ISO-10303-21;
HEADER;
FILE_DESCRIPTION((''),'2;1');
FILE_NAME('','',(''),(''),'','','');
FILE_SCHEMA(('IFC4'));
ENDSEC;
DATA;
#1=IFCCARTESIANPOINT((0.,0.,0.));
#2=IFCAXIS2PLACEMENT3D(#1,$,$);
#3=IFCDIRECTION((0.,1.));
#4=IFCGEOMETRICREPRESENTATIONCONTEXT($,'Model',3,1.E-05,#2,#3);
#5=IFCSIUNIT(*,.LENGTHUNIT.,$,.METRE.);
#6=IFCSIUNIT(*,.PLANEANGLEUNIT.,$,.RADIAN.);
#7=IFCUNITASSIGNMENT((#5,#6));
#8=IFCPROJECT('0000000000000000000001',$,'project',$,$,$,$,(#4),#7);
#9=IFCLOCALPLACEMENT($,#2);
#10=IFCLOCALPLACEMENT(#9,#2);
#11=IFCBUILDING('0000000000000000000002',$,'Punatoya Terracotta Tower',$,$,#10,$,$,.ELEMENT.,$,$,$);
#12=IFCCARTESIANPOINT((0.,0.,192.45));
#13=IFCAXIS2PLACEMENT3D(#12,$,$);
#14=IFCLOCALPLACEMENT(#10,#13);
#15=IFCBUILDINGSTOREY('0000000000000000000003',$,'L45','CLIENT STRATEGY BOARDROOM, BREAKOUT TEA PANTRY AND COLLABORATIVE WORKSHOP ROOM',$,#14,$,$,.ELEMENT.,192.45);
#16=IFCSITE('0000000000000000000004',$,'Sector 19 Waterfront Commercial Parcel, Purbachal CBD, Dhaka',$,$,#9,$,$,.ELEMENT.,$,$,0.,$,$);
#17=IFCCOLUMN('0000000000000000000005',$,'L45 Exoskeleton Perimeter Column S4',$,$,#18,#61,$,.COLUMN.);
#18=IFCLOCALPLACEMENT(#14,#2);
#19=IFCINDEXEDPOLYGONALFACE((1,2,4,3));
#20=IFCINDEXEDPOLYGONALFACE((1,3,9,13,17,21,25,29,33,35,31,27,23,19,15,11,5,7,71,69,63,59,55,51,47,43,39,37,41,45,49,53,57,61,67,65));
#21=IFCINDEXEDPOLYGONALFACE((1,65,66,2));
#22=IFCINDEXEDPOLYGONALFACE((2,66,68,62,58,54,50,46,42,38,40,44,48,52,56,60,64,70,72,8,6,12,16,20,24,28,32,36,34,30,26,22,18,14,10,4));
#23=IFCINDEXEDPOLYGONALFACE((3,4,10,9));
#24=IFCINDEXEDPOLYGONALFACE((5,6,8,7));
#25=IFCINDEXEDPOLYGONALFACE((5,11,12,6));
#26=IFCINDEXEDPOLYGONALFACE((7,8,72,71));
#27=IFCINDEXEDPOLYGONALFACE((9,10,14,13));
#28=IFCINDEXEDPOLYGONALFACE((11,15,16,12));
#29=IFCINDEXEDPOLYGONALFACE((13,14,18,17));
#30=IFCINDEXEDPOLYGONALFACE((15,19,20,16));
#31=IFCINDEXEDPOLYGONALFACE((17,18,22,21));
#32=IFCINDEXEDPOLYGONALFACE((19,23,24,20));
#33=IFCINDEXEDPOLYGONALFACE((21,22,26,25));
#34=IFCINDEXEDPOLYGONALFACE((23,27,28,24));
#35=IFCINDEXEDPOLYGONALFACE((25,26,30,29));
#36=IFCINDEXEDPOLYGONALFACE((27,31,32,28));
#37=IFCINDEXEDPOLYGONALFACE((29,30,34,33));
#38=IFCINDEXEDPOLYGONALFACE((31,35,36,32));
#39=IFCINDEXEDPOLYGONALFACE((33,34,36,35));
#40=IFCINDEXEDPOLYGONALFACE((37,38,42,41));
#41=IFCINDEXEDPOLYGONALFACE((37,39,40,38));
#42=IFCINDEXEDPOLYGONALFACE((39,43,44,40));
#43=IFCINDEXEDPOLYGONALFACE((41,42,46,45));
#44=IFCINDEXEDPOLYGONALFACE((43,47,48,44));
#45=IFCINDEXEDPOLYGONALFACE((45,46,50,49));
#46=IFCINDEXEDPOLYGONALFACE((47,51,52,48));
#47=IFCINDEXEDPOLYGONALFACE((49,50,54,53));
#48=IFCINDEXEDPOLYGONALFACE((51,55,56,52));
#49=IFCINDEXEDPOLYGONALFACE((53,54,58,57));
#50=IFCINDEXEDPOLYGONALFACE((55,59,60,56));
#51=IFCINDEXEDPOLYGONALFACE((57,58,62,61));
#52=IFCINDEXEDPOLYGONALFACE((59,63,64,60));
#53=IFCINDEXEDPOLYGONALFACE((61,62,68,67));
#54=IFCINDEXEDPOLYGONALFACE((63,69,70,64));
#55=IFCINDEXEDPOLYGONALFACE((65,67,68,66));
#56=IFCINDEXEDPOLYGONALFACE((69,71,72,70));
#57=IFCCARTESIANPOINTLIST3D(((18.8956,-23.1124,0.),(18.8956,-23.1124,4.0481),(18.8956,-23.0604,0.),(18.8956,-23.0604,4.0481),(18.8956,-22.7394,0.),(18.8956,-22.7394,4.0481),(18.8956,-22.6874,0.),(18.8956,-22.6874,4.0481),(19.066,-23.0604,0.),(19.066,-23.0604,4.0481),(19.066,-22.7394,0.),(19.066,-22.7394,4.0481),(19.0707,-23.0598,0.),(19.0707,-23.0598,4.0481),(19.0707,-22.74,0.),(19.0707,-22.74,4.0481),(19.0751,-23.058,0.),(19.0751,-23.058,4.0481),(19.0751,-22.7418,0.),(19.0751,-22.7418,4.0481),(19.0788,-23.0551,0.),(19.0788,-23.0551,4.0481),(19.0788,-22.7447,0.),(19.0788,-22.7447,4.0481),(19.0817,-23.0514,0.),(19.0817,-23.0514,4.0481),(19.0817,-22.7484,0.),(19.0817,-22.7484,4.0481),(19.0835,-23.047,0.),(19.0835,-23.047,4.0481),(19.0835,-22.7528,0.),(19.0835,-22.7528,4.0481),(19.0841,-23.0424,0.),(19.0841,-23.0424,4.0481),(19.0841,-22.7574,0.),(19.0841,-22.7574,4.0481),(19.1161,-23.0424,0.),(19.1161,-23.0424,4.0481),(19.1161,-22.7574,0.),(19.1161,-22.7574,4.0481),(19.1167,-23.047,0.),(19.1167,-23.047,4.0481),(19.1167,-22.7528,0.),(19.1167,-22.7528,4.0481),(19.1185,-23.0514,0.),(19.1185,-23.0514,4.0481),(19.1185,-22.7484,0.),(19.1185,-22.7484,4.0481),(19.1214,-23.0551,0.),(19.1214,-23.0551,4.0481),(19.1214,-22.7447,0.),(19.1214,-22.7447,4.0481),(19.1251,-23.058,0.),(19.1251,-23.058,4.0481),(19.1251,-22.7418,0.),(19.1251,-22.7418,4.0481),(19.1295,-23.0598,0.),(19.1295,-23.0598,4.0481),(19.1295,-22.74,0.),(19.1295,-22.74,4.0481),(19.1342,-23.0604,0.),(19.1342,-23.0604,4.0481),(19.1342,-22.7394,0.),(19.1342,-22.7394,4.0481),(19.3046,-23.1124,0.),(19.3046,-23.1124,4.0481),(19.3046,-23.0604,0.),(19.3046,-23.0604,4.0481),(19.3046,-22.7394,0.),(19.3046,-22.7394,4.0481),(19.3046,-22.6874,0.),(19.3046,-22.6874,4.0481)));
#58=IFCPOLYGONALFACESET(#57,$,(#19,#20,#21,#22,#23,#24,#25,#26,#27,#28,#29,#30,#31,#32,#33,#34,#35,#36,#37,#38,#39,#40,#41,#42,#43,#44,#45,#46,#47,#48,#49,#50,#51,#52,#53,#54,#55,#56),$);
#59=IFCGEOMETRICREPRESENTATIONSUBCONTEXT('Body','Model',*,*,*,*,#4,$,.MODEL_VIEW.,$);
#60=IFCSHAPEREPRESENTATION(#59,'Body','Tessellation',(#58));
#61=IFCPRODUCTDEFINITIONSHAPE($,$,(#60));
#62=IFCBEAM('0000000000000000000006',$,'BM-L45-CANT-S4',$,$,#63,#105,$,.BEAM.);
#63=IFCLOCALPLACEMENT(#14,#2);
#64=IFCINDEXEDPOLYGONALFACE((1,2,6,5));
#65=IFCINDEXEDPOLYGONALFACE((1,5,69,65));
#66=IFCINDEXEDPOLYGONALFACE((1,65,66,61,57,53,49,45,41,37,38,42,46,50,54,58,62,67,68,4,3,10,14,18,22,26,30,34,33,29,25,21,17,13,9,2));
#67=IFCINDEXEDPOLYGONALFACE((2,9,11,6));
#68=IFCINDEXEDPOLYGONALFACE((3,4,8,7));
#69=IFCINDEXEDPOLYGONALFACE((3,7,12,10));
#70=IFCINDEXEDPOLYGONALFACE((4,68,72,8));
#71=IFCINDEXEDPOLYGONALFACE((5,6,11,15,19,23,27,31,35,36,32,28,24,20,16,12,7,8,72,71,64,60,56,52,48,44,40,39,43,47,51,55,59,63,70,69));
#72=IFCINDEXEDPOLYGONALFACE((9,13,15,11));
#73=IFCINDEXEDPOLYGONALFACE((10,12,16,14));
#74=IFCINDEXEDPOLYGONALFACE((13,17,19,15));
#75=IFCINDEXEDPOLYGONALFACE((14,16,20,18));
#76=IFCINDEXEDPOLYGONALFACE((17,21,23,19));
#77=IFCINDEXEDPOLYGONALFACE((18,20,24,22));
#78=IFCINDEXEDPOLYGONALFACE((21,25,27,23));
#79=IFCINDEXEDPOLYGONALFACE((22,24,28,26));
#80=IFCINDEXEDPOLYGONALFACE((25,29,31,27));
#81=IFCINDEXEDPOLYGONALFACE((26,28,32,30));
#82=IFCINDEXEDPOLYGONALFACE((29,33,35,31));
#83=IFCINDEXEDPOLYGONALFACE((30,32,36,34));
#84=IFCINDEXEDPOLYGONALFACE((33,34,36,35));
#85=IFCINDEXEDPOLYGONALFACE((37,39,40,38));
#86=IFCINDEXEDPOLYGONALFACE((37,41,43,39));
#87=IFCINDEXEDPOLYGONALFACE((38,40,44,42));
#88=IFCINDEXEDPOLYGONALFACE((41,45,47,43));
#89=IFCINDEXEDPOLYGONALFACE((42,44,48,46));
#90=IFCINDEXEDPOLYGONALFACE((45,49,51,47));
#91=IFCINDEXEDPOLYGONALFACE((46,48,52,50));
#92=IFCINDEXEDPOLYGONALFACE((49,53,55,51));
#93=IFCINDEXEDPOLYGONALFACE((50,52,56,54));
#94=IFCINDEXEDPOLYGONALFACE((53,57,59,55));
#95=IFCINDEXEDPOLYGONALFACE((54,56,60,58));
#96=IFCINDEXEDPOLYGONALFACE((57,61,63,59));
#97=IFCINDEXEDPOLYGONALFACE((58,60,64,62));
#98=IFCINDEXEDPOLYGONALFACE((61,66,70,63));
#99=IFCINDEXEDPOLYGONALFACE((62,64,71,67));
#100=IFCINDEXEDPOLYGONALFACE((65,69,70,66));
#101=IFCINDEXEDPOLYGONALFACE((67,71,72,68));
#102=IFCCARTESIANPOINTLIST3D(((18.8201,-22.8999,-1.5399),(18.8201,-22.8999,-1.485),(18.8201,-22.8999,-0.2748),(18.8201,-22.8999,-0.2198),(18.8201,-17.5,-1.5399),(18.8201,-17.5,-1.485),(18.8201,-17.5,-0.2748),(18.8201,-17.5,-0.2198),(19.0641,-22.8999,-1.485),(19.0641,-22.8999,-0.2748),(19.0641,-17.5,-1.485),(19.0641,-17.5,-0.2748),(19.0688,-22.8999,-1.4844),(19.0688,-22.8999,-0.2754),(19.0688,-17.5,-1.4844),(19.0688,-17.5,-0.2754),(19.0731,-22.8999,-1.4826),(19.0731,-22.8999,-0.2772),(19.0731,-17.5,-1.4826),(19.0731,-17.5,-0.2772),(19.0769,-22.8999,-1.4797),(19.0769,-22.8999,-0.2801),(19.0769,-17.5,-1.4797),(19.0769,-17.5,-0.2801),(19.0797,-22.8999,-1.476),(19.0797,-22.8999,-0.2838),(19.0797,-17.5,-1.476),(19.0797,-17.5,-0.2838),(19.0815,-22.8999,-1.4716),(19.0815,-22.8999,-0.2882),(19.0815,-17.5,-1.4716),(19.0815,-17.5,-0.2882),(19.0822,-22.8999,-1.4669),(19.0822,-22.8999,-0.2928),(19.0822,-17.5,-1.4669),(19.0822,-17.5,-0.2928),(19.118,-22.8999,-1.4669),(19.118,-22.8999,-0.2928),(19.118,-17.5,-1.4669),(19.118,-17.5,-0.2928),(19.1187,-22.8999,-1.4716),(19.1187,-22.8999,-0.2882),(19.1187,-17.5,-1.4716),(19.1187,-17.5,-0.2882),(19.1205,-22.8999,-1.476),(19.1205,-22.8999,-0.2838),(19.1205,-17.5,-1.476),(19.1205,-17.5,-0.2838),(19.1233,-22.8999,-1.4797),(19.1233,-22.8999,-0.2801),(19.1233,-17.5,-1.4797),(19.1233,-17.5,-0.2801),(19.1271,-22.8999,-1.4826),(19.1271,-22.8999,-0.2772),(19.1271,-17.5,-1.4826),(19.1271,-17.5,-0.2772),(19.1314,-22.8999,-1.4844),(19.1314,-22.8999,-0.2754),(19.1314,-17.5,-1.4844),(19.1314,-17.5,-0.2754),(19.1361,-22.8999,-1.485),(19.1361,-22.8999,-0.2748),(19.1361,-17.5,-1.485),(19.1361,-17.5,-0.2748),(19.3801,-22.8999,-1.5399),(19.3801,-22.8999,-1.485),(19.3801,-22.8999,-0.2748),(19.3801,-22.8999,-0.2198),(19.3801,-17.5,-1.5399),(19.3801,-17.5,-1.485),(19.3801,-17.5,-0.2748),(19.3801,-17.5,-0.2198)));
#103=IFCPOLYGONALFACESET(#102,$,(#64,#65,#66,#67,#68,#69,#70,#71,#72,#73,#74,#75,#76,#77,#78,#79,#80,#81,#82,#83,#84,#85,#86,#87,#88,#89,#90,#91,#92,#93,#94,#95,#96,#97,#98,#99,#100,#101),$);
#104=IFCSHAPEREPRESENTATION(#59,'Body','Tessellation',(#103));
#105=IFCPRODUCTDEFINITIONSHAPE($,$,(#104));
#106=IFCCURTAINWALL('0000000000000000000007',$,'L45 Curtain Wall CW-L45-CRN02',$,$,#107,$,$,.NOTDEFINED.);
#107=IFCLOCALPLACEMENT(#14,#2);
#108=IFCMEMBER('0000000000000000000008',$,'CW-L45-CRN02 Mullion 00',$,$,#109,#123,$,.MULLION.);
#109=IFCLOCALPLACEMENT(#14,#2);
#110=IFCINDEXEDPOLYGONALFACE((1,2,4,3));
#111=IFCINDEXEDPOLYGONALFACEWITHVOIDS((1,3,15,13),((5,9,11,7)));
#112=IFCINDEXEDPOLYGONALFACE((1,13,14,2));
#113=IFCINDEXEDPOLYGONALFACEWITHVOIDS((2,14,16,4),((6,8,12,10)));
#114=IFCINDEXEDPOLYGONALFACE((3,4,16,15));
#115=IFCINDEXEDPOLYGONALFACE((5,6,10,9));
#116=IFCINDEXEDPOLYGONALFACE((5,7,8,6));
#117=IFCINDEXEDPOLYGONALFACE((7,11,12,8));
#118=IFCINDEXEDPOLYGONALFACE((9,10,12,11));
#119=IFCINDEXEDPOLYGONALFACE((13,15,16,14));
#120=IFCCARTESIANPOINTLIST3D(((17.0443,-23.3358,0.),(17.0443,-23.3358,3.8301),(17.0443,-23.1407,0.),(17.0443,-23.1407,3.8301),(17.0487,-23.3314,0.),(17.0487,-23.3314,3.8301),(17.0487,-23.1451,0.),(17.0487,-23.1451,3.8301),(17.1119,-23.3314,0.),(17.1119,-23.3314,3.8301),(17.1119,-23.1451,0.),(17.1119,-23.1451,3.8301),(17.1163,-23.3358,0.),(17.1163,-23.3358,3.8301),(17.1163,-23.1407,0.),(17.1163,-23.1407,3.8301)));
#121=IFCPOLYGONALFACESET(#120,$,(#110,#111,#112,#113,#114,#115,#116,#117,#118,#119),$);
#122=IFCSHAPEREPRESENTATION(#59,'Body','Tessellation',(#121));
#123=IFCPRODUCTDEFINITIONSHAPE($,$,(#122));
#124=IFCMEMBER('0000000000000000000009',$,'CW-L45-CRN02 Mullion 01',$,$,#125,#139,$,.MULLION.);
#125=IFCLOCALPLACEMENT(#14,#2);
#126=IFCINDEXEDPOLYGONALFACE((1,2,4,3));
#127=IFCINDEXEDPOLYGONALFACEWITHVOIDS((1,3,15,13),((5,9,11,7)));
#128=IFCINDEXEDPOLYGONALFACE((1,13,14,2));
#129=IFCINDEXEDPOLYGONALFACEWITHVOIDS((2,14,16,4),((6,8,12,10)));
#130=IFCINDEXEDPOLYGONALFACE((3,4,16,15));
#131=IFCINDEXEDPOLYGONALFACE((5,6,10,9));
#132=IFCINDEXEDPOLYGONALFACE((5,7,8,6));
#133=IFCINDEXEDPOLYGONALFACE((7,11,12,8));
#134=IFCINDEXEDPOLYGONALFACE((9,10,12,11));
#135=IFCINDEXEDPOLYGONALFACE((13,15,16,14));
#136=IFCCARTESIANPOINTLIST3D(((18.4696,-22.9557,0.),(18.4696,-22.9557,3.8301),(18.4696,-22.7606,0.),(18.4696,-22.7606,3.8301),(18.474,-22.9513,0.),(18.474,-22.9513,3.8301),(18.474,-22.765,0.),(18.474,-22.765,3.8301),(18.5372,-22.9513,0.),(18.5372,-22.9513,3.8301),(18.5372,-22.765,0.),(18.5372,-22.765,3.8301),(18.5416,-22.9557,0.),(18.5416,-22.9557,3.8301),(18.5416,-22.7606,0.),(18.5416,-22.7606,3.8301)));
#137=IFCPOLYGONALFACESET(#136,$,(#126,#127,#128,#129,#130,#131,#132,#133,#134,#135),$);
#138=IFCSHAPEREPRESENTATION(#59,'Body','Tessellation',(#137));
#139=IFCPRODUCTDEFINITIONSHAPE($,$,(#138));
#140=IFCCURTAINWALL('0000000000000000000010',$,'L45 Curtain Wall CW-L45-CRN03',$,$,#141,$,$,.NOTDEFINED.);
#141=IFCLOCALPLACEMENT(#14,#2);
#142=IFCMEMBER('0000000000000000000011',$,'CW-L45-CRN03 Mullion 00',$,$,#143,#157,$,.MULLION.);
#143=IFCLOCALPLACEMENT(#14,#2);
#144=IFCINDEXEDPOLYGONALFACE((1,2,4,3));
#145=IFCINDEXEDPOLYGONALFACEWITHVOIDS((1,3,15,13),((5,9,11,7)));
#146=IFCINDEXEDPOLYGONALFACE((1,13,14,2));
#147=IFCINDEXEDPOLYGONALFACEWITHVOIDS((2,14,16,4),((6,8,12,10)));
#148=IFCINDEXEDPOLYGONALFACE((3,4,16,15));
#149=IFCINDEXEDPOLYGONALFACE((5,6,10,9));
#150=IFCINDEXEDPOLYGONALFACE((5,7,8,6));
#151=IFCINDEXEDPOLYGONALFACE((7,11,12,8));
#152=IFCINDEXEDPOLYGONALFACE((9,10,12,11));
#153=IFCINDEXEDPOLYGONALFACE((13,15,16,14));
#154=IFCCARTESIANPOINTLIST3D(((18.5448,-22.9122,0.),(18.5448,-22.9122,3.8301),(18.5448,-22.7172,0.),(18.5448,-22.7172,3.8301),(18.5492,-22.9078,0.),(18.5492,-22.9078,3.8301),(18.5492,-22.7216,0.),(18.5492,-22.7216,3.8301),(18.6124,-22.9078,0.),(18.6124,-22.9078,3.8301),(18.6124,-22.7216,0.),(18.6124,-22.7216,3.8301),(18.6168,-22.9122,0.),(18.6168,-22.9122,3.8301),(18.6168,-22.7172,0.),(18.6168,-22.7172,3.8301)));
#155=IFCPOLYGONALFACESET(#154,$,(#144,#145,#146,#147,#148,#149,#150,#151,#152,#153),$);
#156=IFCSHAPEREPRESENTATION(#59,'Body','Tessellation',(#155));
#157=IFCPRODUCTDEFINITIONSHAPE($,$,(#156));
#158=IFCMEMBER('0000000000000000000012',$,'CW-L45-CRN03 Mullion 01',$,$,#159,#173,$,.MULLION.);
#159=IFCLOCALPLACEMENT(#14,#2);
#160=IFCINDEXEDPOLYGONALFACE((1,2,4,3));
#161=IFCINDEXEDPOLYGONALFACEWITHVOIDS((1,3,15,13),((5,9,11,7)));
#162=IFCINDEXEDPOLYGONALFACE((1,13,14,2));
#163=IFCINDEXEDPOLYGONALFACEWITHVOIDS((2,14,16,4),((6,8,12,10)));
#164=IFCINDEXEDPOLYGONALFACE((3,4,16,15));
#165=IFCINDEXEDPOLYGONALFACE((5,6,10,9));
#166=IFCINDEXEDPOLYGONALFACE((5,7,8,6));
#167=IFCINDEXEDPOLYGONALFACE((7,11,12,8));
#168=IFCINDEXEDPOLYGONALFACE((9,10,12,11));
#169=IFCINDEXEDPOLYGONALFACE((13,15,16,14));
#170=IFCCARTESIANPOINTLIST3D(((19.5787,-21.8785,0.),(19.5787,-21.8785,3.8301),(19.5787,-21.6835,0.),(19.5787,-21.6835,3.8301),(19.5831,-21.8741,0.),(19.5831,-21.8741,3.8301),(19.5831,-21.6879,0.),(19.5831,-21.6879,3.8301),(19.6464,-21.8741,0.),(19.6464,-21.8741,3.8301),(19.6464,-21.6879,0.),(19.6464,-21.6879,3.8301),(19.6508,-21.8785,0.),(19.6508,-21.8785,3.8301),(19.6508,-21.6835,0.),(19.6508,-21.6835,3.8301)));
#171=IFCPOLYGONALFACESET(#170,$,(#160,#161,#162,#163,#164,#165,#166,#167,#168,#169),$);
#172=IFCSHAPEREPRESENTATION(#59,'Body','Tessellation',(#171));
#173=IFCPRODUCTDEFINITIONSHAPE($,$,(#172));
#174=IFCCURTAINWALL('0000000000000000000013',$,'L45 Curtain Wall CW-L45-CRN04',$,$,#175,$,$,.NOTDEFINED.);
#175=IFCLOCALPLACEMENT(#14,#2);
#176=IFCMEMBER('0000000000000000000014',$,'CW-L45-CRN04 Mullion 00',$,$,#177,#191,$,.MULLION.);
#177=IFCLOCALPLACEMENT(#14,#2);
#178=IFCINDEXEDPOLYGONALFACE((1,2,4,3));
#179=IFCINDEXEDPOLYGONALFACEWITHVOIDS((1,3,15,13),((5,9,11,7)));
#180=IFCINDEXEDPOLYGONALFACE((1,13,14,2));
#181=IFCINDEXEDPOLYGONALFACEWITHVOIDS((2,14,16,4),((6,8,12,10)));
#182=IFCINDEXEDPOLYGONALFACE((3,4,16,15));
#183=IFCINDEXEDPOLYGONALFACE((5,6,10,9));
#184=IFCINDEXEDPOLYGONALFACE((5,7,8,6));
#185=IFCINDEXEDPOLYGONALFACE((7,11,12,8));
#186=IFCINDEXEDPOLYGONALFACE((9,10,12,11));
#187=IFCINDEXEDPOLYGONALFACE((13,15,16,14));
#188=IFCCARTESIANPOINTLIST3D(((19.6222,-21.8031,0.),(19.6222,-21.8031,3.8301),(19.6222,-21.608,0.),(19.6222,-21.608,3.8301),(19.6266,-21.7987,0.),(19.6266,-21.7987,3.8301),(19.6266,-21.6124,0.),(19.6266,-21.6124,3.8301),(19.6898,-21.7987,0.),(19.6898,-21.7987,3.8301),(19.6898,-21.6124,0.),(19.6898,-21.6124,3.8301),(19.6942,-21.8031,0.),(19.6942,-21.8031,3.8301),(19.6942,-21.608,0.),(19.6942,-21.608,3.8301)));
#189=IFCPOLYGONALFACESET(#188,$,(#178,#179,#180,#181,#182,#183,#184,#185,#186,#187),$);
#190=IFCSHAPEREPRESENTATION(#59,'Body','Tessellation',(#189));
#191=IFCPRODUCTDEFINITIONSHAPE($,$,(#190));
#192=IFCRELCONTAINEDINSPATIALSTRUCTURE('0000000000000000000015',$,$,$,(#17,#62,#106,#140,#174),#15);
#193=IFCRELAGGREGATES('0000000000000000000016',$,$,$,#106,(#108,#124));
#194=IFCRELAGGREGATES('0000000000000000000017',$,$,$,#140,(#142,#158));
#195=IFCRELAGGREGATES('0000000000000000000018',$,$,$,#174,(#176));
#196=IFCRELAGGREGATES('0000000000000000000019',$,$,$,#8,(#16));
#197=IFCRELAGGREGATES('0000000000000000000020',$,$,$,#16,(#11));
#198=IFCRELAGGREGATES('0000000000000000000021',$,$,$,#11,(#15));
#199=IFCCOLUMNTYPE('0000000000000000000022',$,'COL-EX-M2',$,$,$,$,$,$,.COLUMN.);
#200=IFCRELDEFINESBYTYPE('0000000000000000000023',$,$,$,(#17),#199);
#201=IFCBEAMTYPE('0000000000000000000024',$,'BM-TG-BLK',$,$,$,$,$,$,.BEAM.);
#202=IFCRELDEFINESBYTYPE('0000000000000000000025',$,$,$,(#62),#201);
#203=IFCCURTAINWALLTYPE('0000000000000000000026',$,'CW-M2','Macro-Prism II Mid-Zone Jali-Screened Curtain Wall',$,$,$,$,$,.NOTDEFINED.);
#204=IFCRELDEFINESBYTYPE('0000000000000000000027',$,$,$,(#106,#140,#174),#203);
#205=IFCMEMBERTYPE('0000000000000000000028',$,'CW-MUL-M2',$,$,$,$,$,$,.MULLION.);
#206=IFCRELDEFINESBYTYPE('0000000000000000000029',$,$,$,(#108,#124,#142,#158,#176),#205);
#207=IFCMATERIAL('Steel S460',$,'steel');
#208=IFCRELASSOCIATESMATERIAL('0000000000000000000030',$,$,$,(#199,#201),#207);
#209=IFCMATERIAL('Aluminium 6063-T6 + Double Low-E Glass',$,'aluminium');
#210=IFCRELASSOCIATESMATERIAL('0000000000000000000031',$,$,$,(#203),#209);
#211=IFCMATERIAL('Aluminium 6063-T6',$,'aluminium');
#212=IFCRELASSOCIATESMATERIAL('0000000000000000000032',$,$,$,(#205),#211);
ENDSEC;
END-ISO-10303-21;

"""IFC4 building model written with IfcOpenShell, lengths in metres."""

from ifc_helpers import new_model, si_unit, direction, frame, origin, origin_2d, place, context, subcontext, project, spatial, hollow_rectangle, i_section, extrude, material, material_profile, profile_set, type_object, element, aggregate, save


model = new_model("IFC4")

# Units and contexts
model_context = context("Model", 3, precision=1e-05, world=origin(), true_north=direction((0.0, 1.0)))
body_context = subcontext(model_context, "Body", "Model", "MODEL_VIEW")
ifc_project = project(units=[si_unit("LENGTHUNIT", "METRE"), si_unit("PLANEANGLEUNIT", "RADIAN")], contexts=[model_context])

# Site, building, storey
site_placement = place(None, origin())
site = spatial("IfcSite", under=ifc_project, at=site_placement, Name="Sector 19 Waterfront Commercial Parcel, Purbachal CBD, Dhaka", CompositionType="ELEMENT", RefElevation=0.0)
building_placement = place(site_placement, origin())
building = spatial("IfcBuilding", under=site, at=building_placement, Name="Punatoya Terracotta Tower", CompositionType="ELEMENT")
storey_placement = place(building_placement, frame((0.0, 0.0, 192.45)))
storey = spatial("IfcBuildingStorey", under=building, at=storey_placement, Name="L45", Description="CLIENT STRATEGY BOARDROOM, BREAKOUT TEA PANTRY AND COLLABORATIVE WORKSHOP ROOM", CompositionType="ELEMENT", Elevation=192.45)

# Column
ifc_material_1 = material(Name="Steel S460", Category="steel")
ifc_material_profile_1 = material_profile(ifc_material_1, i_section(OverallWidth=0.4089, OverallDepth=0.425, WebThickness=0.032, FlangeThickness=0.052, FilletRadius=0.0181, at=origin_2d()))
ifc_profile_set_1 = profile_set([ifc_material_profile_1], Name="Steel S460")
column_type = type_object("IfcColumnType", Name="COL-EX-M2", PredefinedType="COLUMN", material=ifc_profile_set_1)
column_placement = place(storey_placement, frame((19.1001, -22.8999, 0.0), z_axis=(0.0, 0.0, 1.0), x_axis=(1.0, 0.0, 0.0)))
element("IfcColumn", 1, at=column_placement, inside=storey, type_object=column_type, Name="L45 Exoskeleton Perimeter Column S4", PredefinedType="COLUMN", context=body_context, shape_type="SweptSolid", body=[
    extrude(i_section(OverallWidth=0.4089, OverallDepth=0.425, WebThickness=0.032, FlangeThickness=0.052, FilletRadius=0.0181, at=origin_2d()), origin(), (0.0, 0.0, 1.0), 4.0481),
])

# Beam
ifc_material_profile_2 = material_profile(ifc_material_1, i_section(OverallWidth=0.5601, OverallDepth=1.3201, WebThickness=0.0359, FlangeThickness=0.0549, FilletRadius=0.0181, at=origin_2d()))
ifc_profile_set_2 = profile_set([ifc_material_profile_2], Name="Steel S460")
beam_type = type_object("IfcBeamType", Name="BM-TG-BLK", PredefinedType="BEAM", material=ifc_profile_set_2)
beam_placement = place(storey_placement, frame((19.1001, -22.8999, -0.8799), z_axis=(0.0, 1.0, 0.0), x_axis=(-1.0, 0.0, 0.0)))
element("IfcBeam", 2, at=beam_placement, inside=storey, type_object=beam_type, Name="BM-L45-CANT-S4", PredefinedType="BEAM", context=body_context, shape_type="SweptSolid", body=[
    extrude(i_section(OverallWidth=0.5601, OverallDepth=1.3201, WebThickness=0.0359, FlangeThickness=0.0549, FilletRadius=0.0181, at=origin_2d()), origin(), (0.0, 0.0, 1.0), 5.3999),
])

# Curtain walls, members
ifc_material_2 = material(Name="Aluminium 6063-T6 + Double Low-E Glass", Category="aluminium")
curtain_wall_type = type_object("IfcCurtainWallType", Name="CW-M2", Description="Macro-Prism II Mid-Zone Jali-Screened Curtain Wall", PredefinedType="NOTDEFINED", material=ifc_material_2)
curtain_wall_1_placement = place(storey_placement, origin())
curtain_wall_1 = element("IfcCurtainWall", 3, at=curtain_wall_1_placement, inside=storey, type_object=curtain_wall_type, Name="L45 Curtain Wall CW-L45-CRN02", PredefinedType="NOTDEFINED")
ifc_material_3 = material(Name="Aluminium 6063-T6", Category="aluminium")
ifc_material_profile_3 = material_profile(ifc_material_3, hollow_rectangle(XDim=0.072, YDim=0.1951, WallThickness=0.0044, at=origin_2d()))
ifc_profile_set_3 = profile_set([ifc_material_profile_3], Name="Aluminium 6063-T6")
member_type_1 = type_object("IfcMemberType", Name="CW-MUL-M2", PredefinedType="MULLION", material=ifc_profile_set_3)
member_1_placement = place(storey_placement, frame((17.0803, -23.2383, 0.0), z_axis=(0.0, 0.0, 1.0), x_axis=(1.0, 0.0, 0.0)))
member_1 = element("IfcMember", 4, at=member_1_placement, type_object=member_type_1, Name="CW-L45-CRN02 Mullion 00", PredefinedType="MULLION", context=body_context, shape_type="SweptSolid", body=[
    extrude(hollow_rectangle(XDim=0.072, YDim=0.1951, WallThickness=0.0044, at=origin_2d()), origin(), (0.0, 0.0, 1.0), 3.8301),
])
member_2_placement = place(storey_placement, frame((18.5056, -22.8582, 0.0), z_axis=(0.0, 0.0, 1.0), x_axis=(1.0, 0.0, 0.0)))
member_2 = element("IfcMember", 5, at=member_2_placement, type_object=member_type_1, Name="CW-L45-CRN02 Mullion 01", PredefinedType="MULLION", context=body_context, shape_type="SweptSolid", body=[
    extrude(hollow_rectangle(XDim=0.072, YDim=0.1951, WallThickness=0.0044, at=origin_2d()), origin(), (0.0, 0.0, 1.0), 3.8301),
])
curtain_wall_2_placement = place(storey_placement, origin())
curtain_wall_2 = element("IfcCurtainWall", 6, at=curtain_wall_2_placement, inside=storey, type_object=curtain_wall_type, Name="L45 Curtain Wall CW-L45-CRN03", PredefinedType="NOTDEFINED")
member_3_placement = place(storey_placement, frame((18.5808, -22.8147, 0.0), z_axis=(0.0, 0.0, 1.0), x_axis=(1.0, 0.0, 0.0)))
member_3 = element("IfcMember", 7, at=member_3_placement, type_object=member_type_1, Name="CW-L45-CRN03 Mullion 00", PredefinedType="MULLION", context=body_context, shape_type="SweptSolid", body=[
    extrude(hollow_rectangle(XDim=0.072, YDim=0.1951, WallThickness=0.0044, at=origin_2d()), origin(), (0.0, 0.0, 1.0), 3.8301),
])
member_4_placement = place(storey_placement, frame((19.6147, -21.781, 0.0), z_axis=(0.0, 0.0, 1.0), x_axis=(1.0, 0.0, 0.0)))
member_4 = element("IfcMember", 8, at=member_4_placement, type_object=member_type_1, Name="CW-L45-CRN03 Mullion 01", PredefinedType="MULLION", context=body_context, shape_type="SweptSolid", body=[
    extrude(hollow_rectangle(XDim=0.072, YDim=0.1951, WallThickness=0.0044, at=origin_2d()), origin(), (0.0, 0.0, 1.0), 3.8301),
])
curtain_wall_3_placement = place(storey_placement, origin())
curtain_wall_3 = element("IfcCurtainWall", 9, at=curtain_wall_3_placement, inside=storey, type_object=curtain_wall_type, Name="L45 Curtain Wall CW-L45-CRN04", PredefinedType="NOTDEFINED")
member_5_placement = place(storey_placement, frame((19.6582, -21.7056, 0.0), z_axis=(0.0, 0.0, 1.0), x_axis=(1.0, 0.0, 0.0)))
member_5 = element("IfcMember", 10, at=member_5_placement, type_object=member_type_1, Name="CW-L45-CRN04 Mullion 00", PredefinedType="MULLION", context=body_context, shape_type="SweptSolid", body=[
    extrude(hollow_rectangle(XDim=0.072, YDim=0.1951, WallThickness=0.0044, at=origin_2d()), origin(), (0.0, 0.0, 1.0), 3.8301),
])

aggregate(curtain_wall_1, [member_1, member_2])
aggregate(curtain_wall_2, [member_3, member_4])
aggregate(curtain_wall_3, [member_5])

save(model, "model.ifc")
